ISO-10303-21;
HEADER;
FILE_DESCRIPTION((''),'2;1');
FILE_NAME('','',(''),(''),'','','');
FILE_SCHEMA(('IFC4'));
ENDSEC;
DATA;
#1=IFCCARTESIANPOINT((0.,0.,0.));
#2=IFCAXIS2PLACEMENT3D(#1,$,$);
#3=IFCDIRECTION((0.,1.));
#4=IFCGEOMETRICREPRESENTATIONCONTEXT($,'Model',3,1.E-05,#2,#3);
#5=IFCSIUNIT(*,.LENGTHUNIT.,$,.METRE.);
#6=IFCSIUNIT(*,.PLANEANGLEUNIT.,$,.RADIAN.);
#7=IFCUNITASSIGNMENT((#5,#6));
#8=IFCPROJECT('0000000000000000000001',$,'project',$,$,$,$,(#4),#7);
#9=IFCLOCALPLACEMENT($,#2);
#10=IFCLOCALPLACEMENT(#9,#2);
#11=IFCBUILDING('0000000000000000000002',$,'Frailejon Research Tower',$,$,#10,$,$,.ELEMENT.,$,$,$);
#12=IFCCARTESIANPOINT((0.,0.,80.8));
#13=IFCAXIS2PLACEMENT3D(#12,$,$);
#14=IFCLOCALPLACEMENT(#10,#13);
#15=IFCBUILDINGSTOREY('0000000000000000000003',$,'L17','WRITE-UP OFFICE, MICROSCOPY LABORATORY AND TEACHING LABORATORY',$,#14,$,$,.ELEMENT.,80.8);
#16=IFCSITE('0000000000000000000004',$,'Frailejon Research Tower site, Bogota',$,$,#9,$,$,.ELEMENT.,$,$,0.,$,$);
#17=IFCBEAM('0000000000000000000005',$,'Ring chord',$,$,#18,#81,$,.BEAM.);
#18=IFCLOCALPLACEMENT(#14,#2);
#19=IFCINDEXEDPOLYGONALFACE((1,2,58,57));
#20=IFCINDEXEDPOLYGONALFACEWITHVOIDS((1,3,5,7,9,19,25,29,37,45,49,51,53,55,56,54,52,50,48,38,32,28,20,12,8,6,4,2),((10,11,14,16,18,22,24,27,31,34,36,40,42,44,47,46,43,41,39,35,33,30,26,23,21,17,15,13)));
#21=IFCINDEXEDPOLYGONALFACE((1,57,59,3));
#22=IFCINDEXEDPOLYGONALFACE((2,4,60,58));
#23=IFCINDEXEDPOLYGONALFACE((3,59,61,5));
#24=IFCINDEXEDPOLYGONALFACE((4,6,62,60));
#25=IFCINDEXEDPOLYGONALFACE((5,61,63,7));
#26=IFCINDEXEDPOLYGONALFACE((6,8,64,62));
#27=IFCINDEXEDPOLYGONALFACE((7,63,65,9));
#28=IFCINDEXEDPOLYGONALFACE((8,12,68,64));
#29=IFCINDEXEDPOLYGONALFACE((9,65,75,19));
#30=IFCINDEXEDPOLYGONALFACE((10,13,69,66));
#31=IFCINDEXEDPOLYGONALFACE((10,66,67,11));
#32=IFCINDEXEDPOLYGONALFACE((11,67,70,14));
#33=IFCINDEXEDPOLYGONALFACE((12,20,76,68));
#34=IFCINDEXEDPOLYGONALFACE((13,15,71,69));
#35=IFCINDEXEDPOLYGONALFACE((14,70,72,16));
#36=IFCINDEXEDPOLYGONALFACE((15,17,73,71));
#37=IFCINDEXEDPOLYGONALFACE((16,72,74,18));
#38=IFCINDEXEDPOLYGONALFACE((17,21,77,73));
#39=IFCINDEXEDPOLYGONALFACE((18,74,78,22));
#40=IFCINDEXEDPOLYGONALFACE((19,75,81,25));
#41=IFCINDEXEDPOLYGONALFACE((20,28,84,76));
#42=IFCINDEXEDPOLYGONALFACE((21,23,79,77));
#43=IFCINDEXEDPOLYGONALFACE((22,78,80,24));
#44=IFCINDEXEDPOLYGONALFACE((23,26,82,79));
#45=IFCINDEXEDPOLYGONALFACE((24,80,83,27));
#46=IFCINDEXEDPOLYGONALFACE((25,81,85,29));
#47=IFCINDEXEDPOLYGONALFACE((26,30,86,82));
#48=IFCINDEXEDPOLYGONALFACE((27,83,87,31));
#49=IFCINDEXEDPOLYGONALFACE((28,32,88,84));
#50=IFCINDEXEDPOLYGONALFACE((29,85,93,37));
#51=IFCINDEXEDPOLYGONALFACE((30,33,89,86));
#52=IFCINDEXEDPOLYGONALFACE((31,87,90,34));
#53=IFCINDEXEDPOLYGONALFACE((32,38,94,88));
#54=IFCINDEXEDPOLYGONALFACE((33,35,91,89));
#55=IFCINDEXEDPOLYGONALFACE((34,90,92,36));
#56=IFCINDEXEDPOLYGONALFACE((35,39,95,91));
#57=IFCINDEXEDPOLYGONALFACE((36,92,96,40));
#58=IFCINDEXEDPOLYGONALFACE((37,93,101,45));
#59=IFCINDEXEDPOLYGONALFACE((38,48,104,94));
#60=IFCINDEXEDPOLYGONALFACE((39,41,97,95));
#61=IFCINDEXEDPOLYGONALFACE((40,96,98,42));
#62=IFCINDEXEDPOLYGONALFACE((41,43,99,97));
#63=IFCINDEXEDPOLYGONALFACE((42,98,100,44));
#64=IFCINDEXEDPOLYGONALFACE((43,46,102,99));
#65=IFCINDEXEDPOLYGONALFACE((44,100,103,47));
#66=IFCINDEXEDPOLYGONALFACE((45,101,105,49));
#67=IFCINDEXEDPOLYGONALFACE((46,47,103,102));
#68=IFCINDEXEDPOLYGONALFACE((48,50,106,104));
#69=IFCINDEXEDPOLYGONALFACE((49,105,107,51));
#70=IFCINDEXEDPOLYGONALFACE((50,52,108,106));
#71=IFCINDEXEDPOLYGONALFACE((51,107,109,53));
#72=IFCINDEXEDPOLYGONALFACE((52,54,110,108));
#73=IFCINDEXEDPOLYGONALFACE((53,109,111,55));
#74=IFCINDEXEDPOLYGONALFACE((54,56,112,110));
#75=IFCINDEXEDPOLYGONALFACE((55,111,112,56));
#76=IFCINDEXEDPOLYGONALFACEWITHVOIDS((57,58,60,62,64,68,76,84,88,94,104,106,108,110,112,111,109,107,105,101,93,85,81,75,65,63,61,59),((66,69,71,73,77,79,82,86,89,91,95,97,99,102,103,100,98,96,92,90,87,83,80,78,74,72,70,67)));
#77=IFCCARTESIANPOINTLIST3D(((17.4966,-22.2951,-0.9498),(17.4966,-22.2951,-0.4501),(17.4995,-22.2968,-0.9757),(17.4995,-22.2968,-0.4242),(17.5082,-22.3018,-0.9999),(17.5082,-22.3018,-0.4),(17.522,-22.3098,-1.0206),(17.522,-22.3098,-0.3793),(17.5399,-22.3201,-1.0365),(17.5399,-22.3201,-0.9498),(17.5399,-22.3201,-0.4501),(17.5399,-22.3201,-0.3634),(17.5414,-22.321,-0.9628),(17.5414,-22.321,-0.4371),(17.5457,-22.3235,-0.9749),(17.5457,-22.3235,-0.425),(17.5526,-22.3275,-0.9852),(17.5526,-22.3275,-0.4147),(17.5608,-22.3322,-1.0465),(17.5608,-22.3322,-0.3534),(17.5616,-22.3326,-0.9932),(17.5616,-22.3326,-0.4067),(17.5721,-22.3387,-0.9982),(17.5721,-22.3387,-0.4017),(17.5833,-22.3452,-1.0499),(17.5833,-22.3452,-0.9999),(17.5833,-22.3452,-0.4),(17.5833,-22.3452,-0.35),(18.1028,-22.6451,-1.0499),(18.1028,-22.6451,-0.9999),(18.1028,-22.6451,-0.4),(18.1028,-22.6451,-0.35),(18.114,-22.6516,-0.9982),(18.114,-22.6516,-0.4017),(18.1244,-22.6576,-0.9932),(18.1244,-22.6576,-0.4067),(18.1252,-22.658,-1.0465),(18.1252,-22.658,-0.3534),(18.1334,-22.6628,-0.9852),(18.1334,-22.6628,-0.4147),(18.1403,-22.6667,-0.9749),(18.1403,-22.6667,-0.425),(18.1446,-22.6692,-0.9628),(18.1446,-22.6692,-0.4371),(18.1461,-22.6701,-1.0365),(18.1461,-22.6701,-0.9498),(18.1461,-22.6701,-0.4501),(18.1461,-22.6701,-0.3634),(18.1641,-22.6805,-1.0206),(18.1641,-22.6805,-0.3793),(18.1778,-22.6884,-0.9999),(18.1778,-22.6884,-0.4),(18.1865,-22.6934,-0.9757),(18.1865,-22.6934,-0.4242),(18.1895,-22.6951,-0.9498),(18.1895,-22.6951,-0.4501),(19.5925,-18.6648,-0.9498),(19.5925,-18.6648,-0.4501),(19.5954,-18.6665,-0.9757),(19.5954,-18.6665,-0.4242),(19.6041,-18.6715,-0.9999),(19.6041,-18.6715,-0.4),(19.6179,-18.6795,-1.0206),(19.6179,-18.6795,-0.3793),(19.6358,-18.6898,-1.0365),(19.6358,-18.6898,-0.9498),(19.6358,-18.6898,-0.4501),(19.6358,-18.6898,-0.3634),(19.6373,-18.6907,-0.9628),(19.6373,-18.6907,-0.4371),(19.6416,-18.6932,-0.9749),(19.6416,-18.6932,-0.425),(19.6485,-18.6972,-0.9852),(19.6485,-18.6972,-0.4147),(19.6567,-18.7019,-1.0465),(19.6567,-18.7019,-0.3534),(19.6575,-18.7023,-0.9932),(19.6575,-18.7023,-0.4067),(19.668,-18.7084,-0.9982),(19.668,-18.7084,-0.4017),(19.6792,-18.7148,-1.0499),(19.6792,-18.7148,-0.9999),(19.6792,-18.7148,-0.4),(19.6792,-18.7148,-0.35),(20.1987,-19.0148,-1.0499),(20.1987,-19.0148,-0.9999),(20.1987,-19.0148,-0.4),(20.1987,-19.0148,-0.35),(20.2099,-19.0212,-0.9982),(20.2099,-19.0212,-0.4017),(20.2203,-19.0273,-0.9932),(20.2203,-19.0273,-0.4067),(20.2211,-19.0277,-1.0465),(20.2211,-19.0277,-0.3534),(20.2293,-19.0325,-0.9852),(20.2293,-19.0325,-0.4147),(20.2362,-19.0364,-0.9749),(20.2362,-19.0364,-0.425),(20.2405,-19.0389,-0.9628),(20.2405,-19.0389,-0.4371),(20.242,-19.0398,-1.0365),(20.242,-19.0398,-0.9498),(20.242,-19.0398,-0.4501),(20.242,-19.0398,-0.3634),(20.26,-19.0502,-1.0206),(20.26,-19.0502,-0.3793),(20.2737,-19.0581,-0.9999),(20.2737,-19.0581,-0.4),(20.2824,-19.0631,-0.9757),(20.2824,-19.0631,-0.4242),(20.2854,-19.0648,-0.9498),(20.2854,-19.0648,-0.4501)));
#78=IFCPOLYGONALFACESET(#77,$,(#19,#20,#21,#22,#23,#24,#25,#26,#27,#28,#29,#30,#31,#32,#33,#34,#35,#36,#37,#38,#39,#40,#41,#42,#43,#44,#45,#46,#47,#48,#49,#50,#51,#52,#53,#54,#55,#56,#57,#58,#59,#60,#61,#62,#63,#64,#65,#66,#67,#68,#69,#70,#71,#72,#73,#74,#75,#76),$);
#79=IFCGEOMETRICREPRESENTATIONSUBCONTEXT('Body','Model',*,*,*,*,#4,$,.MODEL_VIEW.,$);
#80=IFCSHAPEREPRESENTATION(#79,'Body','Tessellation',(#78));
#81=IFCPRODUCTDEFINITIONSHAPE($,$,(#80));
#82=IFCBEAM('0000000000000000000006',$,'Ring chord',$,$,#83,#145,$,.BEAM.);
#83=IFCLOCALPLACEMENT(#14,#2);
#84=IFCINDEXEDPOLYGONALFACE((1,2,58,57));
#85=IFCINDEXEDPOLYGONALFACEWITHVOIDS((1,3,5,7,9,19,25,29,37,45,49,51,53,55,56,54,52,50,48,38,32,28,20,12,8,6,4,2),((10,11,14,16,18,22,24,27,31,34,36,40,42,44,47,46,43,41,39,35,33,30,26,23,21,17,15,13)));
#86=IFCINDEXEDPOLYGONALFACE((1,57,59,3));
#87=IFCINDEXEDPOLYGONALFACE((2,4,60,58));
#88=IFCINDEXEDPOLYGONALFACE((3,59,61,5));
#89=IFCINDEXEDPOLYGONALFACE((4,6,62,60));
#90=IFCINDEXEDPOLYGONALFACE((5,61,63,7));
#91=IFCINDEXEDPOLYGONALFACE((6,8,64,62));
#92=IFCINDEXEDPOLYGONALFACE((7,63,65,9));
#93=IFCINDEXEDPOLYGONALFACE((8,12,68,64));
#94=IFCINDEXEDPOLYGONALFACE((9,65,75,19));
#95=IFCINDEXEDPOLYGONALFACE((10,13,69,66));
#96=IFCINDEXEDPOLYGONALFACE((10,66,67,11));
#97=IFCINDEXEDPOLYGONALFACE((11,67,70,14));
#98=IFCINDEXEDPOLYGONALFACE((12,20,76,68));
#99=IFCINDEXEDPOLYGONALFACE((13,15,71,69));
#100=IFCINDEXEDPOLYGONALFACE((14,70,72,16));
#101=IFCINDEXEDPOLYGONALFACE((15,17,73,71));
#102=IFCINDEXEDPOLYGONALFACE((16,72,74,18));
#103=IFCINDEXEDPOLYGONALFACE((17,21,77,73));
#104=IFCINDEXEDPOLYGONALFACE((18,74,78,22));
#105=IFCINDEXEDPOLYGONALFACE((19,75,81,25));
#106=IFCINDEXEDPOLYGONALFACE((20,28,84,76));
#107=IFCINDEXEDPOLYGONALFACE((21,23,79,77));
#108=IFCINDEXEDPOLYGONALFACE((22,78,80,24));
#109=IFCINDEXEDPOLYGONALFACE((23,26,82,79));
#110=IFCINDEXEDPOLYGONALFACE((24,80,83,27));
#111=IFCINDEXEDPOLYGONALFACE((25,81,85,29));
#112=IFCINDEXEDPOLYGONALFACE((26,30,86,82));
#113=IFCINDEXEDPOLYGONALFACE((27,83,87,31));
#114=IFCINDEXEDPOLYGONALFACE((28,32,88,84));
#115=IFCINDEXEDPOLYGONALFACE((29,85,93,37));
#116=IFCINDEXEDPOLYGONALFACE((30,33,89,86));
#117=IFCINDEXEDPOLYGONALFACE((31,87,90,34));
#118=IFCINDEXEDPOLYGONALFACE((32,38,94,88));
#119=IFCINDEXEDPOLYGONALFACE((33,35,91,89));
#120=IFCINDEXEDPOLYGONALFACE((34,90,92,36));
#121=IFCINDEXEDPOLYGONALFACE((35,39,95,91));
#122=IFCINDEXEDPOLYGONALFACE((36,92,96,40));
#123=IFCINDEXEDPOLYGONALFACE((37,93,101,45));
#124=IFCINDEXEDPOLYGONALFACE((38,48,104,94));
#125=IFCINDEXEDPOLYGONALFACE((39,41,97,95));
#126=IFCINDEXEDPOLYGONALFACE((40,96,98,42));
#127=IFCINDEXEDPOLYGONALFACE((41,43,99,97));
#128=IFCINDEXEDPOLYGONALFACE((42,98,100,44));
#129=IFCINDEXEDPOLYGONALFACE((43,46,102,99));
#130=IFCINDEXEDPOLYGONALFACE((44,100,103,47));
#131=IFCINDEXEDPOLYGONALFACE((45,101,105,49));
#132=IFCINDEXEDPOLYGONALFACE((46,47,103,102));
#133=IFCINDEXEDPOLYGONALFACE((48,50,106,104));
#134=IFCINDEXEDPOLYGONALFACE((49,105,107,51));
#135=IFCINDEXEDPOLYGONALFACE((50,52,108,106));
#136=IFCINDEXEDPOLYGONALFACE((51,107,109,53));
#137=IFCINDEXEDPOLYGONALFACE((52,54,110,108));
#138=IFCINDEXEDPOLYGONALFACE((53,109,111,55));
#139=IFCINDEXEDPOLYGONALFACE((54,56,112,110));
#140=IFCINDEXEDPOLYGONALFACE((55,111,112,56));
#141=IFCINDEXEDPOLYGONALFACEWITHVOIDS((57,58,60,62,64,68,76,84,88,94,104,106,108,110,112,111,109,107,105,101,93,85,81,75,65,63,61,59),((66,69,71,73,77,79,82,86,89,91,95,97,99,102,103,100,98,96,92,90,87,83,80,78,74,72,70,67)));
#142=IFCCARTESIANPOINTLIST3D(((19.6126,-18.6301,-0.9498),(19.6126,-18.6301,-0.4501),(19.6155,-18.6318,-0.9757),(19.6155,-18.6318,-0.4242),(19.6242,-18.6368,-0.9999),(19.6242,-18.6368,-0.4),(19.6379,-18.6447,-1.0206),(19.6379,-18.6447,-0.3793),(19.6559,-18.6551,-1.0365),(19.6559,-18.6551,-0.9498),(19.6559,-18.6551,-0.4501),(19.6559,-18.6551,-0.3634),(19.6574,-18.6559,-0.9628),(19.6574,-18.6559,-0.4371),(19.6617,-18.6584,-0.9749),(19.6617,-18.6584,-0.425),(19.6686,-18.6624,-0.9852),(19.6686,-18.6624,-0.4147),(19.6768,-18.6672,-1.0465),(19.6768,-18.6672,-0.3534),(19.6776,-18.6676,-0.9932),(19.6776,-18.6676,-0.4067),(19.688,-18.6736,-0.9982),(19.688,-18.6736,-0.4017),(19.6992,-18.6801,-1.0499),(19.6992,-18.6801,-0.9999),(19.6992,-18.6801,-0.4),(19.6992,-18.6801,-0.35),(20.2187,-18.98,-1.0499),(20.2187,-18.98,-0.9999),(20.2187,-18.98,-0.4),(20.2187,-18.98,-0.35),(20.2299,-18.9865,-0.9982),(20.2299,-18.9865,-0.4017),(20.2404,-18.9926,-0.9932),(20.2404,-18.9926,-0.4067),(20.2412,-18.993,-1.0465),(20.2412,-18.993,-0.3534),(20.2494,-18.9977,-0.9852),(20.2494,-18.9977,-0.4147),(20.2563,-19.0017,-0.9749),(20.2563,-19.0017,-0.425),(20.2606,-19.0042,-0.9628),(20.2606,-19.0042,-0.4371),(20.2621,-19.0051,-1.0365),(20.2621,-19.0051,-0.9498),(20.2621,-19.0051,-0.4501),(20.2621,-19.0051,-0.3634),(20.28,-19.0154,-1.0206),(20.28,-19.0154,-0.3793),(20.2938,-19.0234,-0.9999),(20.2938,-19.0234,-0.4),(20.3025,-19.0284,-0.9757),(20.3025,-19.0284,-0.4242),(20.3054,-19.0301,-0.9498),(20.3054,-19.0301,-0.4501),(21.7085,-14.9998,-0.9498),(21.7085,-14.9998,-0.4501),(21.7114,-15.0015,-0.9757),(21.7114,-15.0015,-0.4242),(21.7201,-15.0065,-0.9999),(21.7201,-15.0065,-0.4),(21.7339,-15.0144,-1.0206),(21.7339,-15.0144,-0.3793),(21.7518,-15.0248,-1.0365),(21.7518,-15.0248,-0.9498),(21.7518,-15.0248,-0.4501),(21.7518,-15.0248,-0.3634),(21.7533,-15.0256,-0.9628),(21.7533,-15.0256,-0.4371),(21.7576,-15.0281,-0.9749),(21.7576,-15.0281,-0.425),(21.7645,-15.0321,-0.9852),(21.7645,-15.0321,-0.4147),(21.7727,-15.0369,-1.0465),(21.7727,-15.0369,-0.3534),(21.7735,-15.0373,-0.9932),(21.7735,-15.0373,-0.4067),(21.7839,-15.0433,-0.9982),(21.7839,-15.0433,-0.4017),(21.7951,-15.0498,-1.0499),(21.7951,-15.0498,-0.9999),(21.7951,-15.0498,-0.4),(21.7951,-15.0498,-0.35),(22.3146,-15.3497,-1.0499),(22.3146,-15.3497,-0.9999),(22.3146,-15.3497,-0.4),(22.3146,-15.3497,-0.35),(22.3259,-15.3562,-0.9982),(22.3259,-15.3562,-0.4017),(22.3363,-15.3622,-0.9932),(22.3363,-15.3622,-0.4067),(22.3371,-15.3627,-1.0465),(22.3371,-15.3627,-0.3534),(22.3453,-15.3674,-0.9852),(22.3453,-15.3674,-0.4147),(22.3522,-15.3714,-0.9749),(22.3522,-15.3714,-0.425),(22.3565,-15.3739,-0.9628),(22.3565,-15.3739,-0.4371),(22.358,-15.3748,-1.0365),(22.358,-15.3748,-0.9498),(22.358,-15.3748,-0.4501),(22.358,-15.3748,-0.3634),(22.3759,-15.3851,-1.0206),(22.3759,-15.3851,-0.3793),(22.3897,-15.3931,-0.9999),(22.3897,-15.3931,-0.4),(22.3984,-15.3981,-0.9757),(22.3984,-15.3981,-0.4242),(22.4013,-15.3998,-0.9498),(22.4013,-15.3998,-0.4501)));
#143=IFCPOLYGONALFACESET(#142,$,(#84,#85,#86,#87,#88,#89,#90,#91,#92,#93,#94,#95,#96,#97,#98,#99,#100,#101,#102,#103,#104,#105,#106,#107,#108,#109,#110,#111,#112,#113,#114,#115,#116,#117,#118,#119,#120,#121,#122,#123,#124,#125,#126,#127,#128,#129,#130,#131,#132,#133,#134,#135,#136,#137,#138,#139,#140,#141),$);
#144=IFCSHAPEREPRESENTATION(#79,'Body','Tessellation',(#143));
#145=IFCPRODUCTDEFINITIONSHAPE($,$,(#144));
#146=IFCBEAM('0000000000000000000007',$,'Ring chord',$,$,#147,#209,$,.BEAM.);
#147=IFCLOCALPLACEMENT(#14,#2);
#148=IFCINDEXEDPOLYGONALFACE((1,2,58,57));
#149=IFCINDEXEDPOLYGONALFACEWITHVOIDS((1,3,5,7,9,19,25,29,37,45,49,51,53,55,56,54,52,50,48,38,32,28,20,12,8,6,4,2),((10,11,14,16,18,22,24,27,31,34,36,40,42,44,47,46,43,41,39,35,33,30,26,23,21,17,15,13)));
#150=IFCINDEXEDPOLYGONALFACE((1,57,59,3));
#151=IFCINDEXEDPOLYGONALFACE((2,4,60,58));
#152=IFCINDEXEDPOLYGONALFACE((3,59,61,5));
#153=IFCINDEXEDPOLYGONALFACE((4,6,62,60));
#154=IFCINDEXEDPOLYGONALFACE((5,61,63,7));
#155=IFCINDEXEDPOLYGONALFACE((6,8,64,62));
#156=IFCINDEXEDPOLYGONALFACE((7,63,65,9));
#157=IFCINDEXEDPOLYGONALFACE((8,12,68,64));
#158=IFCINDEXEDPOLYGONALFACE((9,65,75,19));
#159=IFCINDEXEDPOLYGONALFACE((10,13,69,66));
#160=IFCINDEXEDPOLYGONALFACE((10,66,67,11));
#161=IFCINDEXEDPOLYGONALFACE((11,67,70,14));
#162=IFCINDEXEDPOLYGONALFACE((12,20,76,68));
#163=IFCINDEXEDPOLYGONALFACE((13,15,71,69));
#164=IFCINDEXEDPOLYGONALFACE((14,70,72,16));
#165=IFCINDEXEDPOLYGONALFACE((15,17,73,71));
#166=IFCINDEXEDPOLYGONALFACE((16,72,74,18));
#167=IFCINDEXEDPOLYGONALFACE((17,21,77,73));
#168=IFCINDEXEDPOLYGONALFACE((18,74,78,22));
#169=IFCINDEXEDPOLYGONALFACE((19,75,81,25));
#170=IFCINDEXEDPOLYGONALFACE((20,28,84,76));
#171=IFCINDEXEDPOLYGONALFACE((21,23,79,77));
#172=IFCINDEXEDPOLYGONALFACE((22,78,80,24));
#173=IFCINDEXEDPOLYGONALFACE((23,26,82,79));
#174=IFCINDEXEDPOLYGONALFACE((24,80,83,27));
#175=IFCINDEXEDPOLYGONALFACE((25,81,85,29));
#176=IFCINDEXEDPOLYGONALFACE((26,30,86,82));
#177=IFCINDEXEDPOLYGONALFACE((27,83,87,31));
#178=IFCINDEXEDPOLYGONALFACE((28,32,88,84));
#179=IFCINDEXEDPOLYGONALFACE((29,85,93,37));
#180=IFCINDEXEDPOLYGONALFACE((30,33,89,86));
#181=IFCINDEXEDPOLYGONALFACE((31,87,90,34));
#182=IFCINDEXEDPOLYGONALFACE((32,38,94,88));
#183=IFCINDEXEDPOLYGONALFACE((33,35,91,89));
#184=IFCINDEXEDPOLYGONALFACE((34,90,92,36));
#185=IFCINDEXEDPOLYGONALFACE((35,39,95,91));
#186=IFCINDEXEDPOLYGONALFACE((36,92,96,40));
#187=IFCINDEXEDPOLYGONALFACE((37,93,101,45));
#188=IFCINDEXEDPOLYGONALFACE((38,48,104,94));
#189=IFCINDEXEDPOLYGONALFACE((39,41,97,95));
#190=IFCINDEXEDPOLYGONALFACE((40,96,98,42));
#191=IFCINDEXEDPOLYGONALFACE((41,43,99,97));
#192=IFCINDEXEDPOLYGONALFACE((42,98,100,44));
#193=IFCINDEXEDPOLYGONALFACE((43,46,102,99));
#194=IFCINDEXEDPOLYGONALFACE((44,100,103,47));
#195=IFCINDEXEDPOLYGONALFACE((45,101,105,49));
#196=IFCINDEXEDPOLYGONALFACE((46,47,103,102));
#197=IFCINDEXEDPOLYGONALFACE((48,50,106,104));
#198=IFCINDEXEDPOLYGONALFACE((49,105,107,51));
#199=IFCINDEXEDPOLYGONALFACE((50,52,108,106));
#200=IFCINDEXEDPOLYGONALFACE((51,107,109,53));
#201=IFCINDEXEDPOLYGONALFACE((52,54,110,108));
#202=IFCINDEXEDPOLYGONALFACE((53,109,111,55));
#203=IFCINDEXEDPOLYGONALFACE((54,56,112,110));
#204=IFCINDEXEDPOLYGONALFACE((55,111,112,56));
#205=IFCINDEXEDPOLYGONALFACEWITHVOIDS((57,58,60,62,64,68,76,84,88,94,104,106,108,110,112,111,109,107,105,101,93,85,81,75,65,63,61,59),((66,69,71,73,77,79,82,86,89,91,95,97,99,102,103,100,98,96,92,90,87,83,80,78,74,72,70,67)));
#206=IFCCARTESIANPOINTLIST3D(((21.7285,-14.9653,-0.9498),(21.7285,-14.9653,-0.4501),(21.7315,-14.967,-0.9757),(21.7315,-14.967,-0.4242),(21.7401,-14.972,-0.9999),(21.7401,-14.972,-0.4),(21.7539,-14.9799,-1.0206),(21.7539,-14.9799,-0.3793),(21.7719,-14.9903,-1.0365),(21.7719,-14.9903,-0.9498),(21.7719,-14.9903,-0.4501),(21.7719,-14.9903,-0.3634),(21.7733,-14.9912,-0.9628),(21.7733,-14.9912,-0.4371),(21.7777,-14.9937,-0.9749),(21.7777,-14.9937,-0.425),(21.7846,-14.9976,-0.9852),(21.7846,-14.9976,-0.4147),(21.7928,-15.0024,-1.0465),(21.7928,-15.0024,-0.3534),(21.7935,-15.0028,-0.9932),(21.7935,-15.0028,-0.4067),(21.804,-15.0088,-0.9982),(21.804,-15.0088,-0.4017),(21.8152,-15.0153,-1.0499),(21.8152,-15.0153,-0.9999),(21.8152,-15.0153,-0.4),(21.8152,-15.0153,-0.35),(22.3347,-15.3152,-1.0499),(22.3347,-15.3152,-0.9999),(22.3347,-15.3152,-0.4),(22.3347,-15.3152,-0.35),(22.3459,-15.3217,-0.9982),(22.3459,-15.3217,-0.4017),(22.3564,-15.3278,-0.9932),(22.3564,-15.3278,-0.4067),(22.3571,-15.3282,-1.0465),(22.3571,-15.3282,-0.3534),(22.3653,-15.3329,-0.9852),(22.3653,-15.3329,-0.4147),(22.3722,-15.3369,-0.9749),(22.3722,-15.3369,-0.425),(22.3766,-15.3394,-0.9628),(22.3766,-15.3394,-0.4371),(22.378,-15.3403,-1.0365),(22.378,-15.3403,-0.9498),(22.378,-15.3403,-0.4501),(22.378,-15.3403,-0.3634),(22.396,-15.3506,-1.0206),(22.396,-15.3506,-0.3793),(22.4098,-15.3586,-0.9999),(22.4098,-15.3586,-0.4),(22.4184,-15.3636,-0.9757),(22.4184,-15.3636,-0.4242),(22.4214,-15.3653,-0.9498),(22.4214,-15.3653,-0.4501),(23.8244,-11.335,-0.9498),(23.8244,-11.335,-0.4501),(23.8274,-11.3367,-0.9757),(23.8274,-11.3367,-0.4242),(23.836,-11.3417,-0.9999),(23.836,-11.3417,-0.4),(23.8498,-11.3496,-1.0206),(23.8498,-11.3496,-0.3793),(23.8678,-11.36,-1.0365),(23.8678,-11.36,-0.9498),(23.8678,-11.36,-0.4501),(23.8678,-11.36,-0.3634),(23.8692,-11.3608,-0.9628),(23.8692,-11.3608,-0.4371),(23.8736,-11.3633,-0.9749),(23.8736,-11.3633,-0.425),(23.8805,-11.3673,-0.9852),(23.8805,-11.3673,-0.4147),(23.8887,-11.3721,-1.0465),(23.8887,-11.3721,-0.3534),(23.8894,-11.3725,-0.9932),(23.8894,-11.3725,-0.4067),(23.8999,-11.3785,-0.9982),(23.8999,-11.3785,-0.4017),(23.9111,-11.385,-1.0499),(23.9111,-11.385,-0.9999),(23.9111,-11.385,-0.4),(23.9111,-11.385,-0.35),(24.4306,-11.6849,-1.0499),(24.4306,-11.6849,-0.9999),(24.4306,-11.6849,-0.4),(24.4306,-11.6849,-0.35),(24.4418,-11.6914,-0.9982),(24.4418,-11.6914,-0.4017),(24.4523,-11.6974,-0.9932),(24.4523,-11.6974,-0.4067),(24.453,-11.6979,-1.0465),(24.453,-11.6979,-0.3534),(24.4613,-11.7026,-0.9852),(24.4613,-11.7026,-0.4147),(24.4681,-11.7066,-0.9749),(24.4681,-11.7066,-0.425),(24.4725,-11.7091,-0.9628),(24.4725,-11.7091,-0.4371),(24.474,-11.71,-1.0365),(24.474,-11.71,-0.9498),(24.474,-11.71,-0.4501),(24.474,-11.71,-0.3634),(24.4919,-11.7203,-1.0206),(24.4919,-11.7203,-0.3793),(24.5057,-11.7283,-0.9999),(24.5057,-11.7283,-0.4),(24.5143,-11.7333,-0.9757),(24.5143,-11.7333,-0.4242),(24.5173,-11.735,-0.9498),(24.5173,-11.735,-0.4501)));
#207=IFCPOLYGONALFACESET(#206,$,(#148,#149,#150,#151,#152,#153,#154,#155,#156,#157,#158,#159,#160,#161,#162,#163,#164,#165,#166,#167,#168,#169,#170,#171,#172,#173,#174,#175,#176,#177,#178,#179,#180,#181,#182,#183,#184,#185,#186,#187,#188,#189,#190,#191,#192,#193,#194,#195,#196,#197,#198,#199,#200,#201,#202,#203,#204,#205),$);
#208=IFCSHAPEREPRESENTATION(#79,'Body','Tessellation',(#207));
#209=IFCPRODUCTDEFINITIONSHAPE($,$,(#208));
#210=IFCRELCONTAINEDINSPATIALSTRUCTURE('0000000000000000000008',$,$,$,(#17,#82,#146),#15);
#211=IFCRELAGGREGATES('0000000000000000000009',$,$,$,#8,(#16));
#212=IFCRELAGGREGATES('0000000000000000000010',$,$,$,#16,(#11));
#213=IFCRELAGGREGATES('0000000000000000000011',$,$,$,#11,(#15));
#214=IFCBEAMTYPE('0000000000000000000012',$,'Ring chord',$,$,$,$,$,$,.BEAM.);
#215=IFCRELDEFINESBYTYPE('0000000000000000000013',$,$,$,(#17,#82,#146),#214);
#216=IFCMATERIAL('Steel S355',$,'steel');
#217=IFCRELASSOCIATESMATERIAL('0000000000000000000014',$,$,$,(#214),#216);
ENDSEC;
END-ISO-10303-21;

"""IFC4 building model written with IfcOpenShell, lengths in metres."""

from ifc_helpers import new_model, si_unit, direction, frame, origin, origin_2d, place, context, subcontext, project, spatial, hollow_rectangle, extrude, material, material_profile, profile_set, type_object, element, save


model = new_model("IFC4")

# Units and contexts
model_context = context("Model", 3, precision=1e-05, world=origin(), true_north=direction((0.0, 1.0)))
body_context = subcontext(model_context, "Body", "Model", "MODEL_VIEW")
ifc_project = project(units=[si_unit("LENGTHUNIT", "METRE"), si_unit("PLANEANGLEUNIT", "RADIAN")], contexts=[model_context])

# Site, building, storey
site_placement = place(None, origin())
site = spatial("IfcSite", under=ifc_project, at=site_placement, Name="Frailejon Research Tower site, Bogota", CompositionType="ELEMENT", RefElevation=0.0)
building_placement = place(site_placement, origin())
building = spatial("IfcBuilding", under=site, at=building_placement, Name="Frailejon Research Tower", CompositionType="ELEMENT")
storey_placement = place(building_placement, frame((0.0, 0.0, 80.8)))
storey = spatial("IfcBuildingStorey", under=building, at=storey_placement, Name="L17", Description="WRITE-UP OFFICE, MICROSCOPY LABORATORY AND TEACHING LABORATORY", CompositionType="ELEMENT", Elevation=80.8)

# Beams
ifc_material_1 = material(Name="Steel S355", Category="steel")
ifc_material_profile_1 = material_profile(ifc_material_1, hollow_rectangle(XDim=0.8, YDim=0.7, WallThickness=0.05, InnerFilletRadius=0.05, OuterFilletRadius=0.1001, at=origin_2d()), Name="Ring chord")
ifc_profile_set_1 = profile_set([ifc_material_profile_1], Name="Steel S355")
beam_type_1 = type_object("IfcBeamType", Name="Ring chord", PredefinedType="BEAM", material=ifc_profile_set_1)
for number, where, z_axis, x_axis, name in (
    (1, (17.843, -22.4951, -0.7), (0.499991, 0.86603, 0.0), (-0.86603, 0.499991, 0.0), "Ring chord"),
    (2, (19.959, -18.8301, -0.7), (0.499991, 0.86603, 0.0), (-0.86603, 0.499991, 0.0), "Ring chord"),
    (3, (22.075, -15.1653, -0.7), (0.499991, 0.86603, 0.0), (-0.86603, 0.499991, 0.0), "Ring chord"),
):
    element("IfcBeam", number, at=place(storey_placement, frame(where, z_axis=z_axis, x_axis=x_axis)), inside=storey, type_object=beam_type_1, Name=name, PredefinedType="BEAM", context=body_context, shape_type="SweptSolid", body=[
        extrude(hollow_rectangle(XDim=0.8, YDim=0.7, WallThickness=0.05, InnerFilletRadius=0.05, OuterFilletRadius=0.1001, at=origin_2d()), origin(), (0.0, 0.0, 1.0), 4.1919),
    ])

save(model, "model.ifc")
